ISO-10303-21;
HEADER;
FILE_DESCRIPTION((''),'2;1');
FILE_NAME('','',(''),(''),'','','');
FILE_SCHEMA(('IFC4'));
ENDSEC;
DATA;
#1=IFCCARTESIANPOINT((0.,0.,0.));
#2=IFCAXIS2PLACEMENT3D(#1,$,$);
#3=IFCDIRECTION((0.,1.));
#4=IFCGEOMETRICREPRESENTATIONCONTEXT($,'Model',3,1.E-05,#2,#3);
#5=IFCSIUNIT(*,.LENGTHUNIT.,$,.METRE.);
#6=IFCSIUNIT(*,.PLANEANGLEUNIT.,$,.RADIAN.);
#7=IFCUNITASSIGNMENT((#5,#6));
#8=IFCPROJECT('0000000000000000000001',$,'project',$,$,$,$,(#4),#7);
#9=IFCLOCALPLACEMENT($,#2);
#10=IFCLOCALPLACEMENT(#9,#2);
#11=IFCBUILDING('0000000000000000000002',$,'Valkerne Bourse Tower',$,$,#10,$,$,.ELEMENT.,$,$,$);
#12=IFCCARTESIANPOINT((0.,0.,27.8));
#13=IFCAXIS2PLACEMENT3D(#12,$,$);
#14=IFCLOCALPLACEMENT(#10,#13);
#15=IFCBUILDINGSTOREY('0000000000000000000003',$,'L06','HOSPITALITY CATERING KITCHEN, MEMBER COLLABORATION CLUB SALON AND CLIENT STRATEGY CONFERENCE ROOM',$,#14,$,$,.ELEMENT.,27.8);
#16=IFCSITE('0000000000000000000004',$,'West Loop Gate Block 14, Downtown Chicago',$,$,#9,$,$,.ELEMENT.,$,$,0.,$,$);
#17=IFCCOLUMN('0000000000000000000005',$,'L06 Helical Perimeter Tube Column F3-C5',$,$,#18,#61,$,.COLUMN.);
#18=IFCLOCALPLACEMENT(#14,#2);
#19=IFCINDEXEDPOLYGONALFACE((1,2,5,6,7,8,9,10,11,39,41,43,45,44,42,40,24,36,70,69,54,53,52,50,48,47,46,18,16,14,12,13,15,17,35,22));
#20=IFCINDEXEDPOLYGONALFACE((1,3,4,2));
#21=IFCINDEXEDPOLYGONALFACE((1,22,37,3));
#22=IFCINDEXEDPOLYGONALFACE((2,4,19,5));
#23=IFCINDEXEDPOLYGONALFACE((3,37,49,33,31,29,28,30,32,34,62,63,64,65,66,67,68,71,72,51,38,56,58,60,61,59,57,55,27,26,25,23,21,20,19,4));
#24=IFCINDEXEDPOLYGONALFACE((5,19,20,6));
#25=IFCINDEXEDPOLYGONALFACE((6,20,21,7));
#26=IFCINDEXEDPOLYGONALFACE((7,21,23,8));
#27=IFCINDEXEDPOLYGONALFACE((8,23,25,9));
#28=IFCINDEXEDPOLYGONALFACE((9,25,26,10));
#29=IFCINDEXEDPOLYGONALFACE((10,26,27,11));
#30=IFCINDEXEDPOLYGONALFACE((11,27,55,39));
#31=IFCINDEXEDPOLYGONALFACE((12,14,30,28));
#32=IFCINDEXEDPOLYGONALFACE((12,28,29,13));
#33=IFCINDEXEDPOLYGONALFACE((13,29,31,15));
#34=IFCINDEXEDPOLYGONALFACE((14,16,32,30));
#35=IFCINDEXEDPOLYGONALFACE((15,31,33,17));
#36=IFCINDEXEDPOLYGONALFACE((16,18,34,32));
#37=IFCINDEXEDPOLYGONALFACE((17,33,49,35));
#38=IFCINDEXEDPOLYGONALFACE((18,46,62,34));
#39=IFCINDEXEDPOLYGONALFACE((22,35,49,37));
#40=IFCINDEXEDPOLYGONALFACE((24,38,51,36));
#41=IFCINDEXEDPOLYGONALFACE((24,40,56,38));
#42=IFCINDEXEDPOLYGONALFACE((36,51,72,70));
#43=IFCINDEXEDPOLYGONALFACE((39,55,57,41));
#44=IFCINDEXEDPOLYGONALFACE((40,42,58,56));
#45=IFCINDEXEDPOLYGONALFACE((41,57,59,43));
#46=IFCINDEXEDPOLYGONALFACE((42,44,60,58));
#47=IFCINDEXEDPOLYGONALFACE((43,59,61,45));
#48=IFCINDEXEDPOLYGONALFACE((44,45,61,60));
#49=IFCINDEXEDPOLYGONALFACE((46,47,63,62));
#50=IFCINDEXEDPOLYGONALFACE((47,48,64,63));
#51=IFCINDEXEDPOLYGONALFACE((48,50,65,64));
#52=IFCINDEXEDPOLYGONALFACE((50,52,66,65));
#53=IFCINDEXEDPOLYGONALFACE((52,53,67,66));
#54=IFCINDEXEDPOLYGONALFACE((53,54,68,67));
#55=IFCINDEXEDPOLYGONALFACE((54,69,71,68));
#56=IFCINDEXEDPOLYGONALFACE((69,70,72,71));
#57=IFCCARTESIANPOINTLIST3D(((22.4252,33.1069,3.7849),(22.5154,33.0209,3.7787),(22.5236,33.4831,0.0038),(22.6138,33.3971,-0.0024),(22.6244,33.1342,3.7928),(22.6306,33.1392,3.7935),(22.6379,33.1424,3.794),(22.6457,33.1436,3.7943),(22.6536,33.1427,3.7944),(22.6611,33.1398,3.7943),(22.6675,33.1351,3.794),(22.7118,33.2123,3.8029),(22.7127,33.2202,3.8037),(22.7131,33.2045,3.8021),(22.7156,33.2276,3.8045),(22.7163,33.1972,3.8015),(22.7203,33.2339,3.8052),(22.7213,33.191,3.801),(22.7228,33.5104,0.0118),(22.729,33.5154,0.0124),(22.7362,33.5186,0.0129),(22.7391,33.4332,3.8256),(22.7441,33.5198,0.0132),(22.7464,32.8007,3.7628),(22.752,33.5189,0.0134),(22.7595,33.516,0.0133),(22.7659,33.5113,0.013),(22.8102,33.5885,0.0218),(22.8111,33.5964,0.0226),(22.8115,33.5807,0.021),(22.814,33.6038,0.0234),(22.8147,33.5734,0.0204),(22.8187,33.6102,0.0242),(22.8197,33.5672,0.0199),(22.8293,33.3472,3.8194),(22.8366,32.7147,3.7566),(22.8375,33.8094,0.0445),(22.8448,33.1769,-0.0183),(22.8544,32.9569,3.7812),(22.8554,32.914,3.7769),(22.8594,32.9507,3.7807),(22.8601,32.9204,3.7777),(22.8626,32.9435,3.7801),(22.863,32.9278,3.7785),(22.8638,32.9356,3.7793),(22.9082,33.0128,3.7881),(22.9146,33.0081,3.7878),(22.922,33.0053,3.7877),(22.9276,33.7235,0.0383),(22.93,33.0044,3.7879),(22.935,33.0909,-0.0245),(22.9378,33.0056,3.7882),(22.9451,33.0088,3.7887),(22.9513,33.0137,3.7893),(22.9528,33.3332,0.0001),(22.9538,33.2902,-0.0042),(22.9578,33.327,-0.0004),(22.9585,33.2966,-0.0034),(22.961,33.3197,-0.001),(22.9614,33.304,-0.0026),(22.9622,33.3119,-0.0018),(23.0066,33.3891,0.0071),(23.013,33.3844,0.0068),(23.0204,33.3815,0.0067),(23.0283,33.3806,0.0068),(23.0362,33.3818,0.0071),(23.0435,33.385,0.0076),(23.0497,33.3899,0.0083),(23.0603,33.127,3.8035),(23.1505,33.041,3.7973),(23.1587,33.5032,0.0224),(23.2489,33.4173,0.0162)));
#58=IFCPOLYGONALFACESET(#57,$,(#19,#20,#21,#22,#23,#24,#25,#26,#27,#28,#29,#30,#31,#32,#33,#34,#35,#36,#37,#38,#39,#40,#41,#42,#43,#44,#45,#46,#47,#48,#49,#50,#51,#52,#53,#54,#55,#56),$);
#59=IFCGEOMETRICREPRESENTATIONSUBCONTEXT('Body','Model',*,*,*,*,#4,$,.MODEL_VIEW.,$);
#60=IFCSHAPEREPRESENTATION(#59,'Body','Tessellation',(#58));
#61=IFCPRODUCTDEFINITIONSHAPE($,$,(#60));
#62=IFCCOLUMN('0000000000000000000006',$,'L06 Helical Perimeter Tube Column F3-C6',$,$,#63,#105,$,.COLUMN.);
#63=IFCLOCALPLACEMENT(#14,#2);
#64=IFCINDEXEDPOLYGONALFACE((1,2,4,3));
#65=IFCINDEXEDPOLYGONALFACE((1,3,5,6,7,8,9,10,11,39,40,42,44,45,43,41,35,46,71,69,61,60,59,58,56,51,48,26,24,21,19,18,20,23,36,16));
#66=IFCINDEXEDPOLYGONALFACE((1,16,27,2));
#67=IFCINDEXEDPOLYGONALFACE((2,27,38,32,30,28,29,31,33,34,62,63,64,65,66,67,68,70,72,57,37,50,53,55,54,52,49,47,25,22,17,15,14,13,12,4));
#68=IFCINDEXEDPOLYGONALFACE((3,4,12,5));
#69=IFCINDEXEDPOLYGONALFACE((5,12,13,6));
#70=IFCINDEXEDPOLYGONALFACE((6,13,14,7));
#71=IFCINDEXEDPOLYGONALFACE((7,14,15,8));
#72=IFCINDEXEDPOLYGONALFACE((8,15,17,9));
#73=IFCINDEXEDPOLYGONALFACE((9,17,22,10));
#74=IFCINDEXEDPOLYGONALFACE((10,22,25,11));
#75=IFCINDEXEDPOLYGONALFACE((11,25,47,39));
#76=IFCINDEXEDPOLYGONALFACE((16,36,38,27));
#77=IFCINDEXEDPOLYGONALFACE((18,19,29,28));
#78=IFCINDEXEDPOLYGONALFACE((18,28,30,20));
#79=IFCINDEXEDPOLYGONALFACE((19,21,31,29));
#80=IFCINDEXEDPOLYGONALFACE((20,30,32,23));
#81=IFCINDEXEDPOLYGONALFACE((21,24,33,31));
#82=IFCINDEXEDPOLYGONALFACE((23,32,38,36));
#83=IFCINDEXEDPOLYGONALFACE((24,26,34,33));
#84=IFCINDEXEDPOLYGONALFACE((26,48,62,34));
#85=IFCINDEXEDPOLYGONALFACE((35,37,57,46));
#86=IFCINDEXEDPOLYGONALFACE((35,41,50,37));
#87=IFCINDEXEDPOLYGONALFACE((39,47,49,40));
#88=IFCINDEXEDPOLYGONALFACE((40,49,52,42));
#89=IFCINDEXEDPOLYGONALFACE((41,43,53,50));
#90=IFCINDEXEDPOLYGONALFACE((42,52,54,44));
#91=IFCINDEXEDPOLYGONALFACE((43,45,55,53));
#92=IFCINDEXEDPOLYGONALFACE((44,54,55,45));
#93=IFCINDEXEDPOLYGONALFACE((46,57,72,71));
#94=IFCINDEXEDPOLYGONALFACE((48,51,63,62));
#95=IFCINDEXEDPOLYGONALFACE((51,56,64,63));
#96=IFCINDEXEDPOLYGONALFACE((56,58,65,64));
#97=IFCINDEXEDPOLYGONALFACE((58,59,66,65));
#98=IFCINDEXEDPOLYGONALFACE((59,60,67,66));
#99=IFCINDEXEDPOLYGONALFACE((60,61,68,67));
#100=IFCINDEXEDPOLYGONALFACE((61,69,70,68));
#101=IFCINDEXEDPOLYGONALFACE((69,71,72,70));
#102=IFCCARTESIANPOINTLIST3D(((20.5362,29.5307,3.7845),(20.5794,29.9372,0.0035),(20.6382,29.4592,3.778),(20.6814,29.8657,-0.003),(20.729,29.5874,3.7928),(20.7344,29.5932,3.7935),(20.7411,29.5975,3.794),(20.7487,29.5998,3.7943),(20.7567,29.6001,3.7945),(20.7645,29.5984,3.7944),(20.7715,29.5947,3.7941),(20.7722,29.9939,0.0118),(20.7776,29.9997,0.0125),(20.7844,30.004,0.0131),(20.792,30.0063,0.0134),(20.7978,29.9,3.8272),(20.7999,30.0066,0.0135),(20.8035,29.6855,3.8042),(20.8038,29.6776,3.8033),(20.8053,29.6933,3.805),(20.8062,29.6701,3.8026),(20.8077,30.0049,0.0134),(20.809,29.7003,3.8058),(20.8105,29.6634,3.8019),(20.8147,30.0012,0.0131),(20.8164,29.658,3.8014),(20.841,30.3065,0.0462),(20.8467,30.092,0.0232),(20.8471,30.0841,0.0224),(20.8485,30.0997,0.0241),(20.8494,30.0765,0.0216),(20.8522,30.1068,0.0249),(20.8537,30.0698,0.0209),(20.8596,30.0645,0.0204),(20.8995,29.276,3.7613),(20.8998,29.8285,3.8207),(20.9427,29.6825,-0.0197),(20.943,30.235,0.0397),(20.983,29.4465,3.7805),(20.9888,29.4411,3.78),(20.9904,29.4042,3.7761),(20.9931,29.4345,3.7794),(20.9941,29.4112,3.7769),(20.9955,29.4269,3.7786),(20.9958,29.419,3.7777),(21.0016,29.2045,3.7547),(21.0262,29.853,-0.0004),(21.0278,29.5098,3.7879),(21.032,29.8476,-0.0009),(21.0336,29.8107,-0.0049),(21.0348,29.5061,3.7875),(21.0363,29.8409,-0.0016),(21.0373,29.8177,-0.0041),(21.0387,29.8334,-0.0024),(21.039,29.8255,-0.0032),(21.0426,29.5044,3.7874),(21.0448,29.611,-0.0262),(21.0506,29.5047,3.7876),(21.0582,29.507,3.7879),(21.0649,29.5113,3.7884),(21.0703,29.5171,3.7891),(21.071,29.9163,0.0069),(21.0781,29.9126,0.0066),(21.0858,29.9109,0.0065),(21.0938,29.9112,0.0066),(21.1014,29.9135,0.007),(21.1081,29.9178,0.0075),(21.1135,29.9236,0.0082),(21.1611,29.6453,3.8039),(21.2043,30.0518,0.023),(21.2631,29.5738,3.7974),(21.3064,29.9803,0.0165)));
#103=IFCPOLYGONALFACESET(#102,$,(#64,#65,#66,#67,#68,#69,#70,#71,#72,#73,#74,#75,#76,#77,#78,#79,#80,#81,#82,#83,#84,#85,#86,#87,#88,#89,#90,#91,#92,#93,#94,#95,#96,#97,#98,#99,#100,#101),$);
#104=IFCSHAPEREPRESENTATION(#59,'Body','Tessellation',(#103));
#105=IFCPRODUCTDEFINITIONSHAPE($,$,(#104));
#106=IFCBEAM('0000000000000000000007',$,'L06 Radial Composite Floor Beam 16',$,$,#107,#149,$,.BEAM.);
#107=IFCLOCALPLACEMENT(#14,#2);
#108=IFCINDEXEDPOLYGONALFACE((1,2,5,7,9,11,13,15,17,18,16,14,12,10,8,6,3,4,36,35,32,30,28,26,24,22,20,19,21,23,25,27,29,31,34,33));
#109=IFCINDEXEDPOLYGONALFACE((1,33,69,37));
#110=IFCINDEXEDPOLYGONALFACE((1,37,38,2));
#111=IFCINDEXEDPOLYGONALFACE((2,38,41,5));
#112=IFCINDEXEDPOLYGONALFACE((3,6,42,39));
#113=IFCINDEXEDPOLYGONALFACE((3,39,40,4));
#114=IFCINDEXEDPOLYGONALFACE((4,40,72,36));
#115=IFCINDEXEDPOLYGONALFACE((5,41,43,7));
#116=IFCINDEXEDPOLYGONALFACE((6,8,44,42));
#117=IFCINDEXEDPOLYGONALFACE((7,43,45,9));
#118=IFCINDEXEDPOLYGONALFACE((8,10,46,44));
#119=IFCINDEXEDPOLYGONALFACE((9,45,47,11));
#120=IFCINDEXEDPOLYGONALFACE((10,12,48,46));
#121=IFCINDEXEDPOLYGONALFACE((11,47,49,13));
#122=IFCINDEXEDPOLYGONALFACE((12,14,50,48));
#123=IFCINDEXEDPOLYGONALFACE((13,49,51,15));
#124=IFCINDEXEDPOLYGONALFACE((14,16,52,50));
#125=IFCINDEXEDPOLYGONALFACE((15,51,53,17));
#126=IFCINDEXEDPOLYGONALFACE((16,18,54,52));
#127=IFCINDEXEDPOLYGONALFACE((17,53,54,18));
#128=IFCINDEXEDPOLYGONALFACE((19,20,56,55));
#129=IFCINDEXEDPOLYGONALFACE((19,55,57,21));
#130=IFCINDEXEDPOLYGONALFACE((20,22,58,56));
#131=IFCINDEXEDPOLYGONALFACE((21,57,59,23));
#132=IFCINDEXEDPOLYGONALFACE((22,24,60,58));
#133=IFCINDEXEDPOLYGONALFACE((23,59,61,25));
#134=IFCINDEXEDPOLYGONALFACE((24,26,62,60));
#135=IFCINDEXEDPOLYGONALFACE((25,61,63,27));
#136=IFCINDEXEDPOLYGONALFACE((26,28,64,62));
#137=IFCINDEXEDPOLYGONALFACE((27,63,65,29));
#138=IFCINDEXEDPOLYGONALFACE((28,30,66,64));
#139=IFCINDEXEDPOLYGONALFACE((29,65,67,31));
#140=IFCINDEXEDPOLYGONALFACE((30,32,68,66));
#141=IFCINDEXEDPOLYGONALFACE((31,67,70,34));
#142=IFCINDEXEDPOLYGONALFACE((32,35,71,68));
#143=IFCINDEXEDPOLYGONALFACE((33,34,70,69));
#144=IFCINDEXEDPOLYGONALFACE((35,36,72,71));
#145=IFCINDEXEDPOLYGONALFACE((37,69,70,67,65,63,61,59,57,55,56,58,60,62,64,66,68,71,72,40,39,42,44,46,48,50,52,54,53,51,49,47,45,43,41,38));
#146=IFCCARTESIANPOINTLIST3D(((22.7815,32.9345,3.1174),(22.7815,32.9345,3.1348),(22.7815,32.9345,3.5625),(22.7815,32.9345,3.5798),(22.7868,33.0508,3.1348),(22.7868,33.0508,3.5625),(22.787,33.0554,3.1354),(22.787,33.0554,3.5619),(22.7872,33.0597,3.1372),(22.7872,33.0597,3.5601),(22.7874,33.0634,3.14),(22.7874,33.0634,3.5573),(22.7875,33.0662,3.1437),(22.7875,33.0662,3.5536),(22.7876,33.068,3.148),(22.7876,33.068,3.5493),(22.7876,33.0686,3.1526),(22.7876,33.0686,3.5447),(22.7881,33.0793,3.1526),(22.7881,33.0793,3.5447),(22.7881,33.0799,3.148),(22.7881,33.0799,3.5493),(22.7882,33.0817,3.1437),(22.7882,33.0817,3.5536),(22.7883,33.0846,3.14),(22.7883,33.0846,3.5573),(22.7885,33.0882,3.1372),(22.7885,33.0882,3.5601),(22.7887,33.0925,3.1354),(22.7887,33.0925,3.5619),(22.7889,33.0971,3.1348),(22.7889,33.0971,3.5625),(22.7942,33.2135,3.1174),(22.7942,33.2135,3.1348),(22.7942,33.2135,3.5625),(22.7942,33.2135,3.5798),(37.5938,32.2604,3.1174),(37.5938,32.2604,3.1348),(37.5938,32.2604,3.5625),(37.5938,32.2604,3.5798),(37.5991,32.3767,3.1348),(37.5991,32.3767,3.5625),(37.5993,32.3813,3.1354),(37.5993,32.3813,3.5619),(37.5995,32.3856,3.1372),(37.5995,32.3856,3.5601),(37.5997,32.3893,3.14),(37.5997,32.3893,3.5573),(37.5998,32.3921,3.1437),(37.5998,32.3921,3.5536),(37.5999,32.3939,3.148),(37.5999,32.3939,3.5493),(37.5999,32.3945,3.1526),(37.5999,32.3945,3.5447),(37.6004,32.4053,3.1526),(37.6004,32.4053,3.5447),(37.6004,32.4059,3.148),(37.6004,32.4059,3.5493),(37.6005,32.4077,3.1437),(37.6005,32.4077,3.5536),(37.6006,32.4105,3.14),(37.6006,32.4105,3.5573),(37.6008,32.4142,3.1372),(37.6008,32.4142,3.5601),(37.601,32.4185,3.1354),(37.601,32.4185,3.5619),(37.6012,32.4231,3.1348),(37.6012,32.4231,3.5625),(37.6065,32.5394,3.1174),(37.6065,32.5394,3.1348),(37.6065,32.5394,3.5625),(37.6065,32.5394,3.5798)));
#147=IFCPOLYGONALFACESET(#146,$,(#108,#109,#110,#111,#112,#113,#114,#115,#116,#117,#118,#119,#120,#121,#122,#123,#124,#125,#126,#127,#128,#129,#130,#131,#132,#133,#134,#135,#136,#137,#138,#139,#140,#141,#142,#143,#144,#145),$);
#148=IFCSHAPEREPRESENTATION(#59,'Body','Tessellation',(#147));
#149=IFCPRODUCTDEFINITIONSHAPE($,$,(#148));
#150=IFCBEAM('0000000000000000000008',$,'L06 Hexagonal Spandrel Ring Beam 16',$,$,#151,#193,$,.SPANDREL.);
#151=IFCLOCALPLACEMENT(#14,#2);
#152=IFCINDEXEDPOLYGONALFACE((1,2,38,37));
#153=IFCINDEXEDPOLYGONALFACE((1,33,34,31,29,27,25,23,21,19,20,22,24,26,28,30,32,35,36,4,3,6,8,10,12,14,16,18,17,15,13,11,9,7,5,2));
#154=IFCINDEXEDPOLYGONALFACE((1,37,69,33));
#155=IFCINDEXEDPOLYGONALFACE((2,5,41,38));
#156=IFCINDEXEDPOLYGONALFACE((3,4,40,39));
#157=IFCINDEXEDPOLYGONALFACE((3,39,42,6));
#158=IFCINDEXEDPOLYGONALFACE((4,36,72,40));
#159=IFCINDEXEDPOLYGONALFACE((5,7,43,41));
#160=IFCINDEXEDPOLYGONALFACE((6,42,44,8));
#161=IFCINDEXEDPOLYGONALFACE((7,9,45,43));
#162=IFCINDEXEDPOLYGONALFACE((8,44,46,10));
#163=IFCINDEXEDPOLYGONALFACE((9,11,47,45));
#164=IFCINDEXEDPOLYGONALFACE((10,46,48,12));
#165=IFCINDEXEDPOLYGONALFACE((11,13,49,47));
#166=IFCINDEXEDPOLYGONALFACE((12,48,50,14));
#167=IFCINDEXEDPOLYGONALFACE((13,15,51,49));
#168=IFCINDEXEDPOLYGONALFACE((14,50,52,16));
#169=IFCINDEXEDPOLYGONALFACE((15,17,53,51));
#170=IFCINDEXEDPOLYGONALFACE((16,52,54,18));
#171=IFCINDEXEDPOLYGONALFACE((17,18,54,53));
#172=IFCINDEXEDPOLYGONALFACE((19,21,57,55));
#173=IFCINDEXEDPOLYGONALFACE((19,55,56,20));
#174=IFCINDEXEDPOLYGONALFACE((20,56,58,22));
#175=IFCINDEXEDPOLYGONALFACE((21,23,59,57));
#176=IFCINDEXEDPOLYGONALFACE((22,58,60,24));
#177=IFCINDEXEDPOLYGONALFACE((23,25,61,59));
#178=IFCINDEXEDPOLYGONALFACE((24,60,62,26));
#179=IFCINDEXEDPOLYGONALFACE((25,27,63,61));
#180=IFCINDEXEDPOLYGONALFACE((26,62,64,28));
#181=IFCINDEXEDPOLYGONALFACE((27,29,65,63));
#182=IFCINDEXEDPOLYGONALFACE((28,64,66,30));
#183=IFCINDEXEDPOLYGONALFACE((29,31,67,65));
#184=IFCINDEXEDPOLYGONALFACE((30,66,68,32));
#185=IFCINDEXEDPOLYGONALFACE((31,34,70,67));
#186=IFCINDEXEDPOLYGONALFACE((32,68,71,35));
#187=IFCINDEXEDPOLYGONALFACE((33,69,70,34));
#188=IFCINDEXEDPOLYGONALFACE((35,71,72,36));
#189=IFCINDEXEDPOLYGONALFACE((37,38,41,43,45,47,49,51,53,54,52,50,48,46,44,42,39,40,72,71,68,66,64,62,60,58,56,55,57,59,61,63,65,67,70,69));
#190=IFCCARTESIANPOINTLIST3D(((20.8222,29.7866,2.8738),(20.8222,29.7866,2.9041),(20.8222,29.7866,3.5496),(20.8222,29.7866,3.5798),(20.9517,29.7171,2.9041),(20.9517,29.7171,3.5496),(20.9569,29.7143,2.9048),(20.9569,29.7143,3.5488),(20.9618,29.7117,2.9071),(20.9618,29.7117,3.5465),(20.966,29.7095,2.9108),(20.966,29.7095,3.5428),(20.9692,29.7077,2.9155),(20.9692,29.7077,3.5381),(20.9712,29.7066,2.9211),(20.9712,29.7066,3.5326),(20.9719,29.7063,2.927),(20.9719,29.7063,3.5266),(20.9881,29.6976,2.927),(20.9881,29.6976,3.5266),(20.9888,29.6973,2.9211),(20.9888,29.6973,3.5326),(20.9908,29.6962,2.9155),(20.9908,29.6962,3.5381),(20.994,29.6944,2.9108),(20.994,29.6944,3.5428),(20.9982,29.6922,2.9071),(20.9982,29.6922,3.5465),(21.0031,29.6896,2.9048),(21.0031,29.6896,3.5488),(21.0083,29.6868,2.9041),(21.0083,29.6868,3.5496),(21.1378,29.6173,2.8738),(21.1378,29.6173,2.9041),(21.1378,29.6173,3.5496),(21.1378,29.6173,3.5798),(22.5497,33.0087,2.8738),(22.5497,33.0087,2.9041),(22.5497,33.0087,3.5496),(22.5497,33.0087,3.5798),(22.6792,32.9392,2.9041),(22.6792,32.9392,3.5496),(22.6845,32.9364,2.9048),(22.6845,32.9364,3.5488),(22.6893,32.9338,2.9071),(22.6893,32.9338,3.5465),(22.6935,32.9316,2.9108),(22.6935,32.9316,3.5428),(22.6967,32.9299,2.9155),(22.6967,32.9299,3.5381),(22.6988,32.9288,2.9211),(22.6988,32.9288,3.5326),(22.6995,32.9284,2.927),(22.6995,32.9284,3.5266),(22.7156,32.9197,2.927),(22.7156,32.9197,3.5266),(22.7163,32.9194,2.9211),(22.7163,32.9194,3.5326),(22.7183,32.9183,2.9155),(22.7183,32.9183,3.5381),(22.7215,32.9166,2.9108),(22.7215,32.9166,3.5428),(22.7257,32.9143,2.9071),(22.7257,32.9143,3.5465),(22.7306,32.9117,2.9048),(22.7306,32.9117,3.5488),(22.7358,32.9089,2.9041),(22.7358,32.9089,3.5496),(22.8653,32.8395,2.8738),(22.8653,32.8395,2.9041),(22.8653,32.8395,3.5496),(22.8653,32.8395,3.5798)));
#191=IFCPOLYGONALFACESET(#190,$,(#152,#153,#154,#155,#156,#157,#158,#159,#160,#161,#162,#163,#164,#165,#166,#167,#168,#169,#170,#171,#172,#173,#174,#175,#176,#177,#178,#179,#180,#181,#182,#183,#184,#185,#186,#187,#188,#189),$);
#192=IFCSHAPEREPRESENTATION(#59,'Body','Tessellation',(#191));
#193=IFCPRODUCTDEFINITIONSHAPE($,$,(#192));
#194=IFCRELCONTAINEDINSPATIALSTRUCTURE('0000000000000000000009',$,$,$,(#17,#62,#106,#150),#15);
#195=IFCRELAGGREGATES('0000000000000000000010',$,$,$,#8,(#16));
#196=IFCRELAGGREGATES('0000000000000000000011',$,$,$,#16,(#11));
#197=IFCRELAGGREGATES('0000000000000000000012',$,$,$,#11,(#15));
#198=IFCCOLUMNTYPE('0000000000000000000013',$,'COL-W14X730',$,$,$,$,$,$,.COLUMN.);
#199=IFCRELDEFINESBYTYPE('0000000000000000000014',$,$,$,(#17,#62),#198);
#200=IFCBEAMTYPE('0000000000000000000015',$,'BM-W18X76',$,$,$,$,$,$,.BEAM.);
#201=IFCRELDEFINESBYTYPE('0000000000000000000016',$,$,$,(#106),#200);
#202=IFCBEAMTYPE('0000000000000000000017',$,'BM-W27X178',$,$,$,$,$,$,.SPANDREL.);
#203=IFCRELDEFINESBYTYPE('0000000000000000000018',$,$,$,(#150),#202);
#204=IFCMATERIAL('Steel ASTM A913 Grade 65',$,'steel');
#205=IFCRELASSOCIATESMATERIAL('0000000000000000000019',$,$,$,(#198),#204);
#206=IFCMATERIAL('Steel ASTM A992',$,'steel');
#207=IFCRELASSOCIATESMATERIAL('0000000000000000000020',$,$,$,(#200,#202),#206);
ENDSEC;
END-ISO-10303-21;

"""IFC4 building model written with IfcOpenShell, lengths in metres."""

from ifc_helpers import new_model, si_unit, direction, frame, origin, origin_2d, place, context, subcontext, project, spatial, i_section, extrude, material, material_profile, profile_set, type_object, element, save


model = new_model("IFC4")

# Units and contexts
model_context = context("Model", 3, precision=1e-05, world=origin(), true_north=direction((0.0, 1.0)))
body_context = subcontext(model_context, "Body", "Model", "MODEL_VIEW")
ifc_project = project(units=[si_unit("LENGTHUNIT", "METRE"), si_unit("PLANEANGLEUNIT", "RADIAN")], contexts=[model_context])

# Site, building, storey
site_placement = place(None, origin())
site = spatial("IfcSite", under=ifc_project, at=site_placement, Name="West Loop Gate Block 14, Downtown Chicago", CompositionType="ELEMENT", RefElevation=0.0)
building_placement = place(site_placement, origin())
building = spatial("IfcBuilding", under=site, at=building_placement, Name="Valkerne Bourse Tower", CompositionType="ELEMENT")
storey_placement = place(building_placement, frame((0.0, 0.0, 27.8)))
storey = spatial("IfcBuildingStorey", under=building, at=storey_placement, Name="L06", Description="HOSPITALITY CATERING KITCHEN, MEMBER COLLABORATION CLUB SALON AND CLIENT STRATEGY CONFERENCE ROOM", CompositionType="ELEMENT", Elevation=27.8)

# Columns
ifc_material_1 = material(Name="Steel ASTM A913 Grade 65", Category="steel")
ifc_material_profile_1 = material_profile(ifc_material_1, i_section(OverallWidth=0.4546, OverallDepth=0.5691, WebThickness=0.0779, FlangeThickness=0.1248, FilletRadius=0.0305, at=origin_2d()), Name="W14X730")
ifc_profile_set_1 = profile_set([ifc_material_profile_1], Name="Steel ASTM A913 Grade 65")
column_type = type_object("IfcColumnType", Name="COL-W14X730", PredefinedType="COLUMN", material=ifc_profile_set_1)
column_1_placement = place(storey_placement, frame((22.8862, 33.4502, 0.01), z_axis=(-0.025885, -0.098981, 0.994753), x_axis=(-0.690425, -0.71786, -0.089395)))
element("IfcColumn", 1, at=column_1_placement, inside=storey, type_object=column_type, Name="L06 Helical Perimeter Tube Column F3-C5", PredefinedType="COLUMN", context=body_context, shape_type="SweptSolid", body=[
    extrude(i_section(OverallWidth=0.4546, OverallDepth=0.5691, WebThickness=0.0779, FlangeThickness=0.1248, FilletRadius=0.0305, at=origin_2d()), origin(), (0.0, 0.0, 1.0), 3.801),
])
column_2_placement = place(storey_placement, frame((20.9429, 29.9587, 0.01), z_axis=(-0.011363, -0.106887, 0.994206), x_axis=(-0.575442, -0.812432, -0.093921)))
element("IfcColumn", 2, at=column_2_placement, inside=storey, type_object=column_type, Name="L06 Helical Perimeter Tube Column F3-C6", PredefinedType="COLUMN", context=body_context, shape_type="SweptSolid", body=[
    extrude(i_section(OverallWidth=0.4546, OverallDepth=0.5691, WebThickness=0.0779, FlangeThickness=0.1248, FilletRadius=0.0305, at=origin_2d()), origin(), (0.0, 0.0, 1.0), 3.803),
])

# Beams
ifc_material_2 = material(Name="Steel ASTM A992", Category="steel")
ifc_material_profile_2 = material_profile(ifc_material_2, i_section(OverallWidth=0.2793, OverallDepth=0.4624, WebThickness=0.0107, FlangeThickness=0.0173, FilletRadius=0.0178, at=origin_2d()), Name="W18X76")
ifc_profile_set_2 = profile_set([ifc_material_profile_2], Name="Steel ASTM A992")
beam_type_1 = type_object("IfcBeamType", Name="BM-W18X76", PredefinedType="BEAM", material=ifc_profile_set_2)
beam_1_placement = place(storey_placement, frame((22.7878, 33.074, 3.3486), z_axis=(0.998966, -0.045461, 0.0), x_axis=(0.045461, 0.998966, 0.0)))
element("IfcBeam", 3, at=beam_1_placement, inside=storey, type_object=beam_type_1, Name="L06 Radial Composite Floor Beam 16", PredefinedType="BEAM", context=body_context, shape_type="SweptSolid", body=[
    extrude(i_section(OverallWidth=0.2793, OverallDepth=0.4624, WebThickness=0.0107, FlangeThickness=0.0173, FilletRadius=0.0178, at=origin_2d()), origin(), (0.0, 0.0, 1.0), 14.8276),
])
ifc_material_profile_3 = material_profile(ifc_material_2, i_section(OverallWidth=0.3582, OverallDepth=0.7061, WebThickness=0.0183, FlangeThickness=0.0303, FilletRadius=0.0229, at=origin_2d()), Name="W27X178")
ifc_profile_set_3 = profile_set([ifc_material_profile_3], Name="Steel ASTM A992")
beam_type_2 = type_object("IfcBeamType", Name="BM-W27X178", PredefinedType="SPANDREL", material=ifc_profile_set_3)
beam_2_placement = place(storey_placement, frame((22.7075, 32.9241, 3.2268), z_axis=(-0.472514, -0.881323, 0.0), x_axis=(0.881323, -0.472514, 0.0)))
element("IfcBeam", 4, at=beam_2_placement, inside=storey, type_object=beam_type_2, Name="L06 Hexagonal Spandrel Ring Beam 16", PredefinedType="SPANDREL", context=body_context, shape_type="SweptSolid", body=[
    extrude(i_section(OverallWidth=0.3582, OverallDepth=0.7061, WebThickness=0.0183, FlangeThickness=0.0303, FilletRadius=0.0229, at=origin_2d()), origin(), (0.0, 0.0, 1.0), 3.656),
])

save(model, "model.ifc")
